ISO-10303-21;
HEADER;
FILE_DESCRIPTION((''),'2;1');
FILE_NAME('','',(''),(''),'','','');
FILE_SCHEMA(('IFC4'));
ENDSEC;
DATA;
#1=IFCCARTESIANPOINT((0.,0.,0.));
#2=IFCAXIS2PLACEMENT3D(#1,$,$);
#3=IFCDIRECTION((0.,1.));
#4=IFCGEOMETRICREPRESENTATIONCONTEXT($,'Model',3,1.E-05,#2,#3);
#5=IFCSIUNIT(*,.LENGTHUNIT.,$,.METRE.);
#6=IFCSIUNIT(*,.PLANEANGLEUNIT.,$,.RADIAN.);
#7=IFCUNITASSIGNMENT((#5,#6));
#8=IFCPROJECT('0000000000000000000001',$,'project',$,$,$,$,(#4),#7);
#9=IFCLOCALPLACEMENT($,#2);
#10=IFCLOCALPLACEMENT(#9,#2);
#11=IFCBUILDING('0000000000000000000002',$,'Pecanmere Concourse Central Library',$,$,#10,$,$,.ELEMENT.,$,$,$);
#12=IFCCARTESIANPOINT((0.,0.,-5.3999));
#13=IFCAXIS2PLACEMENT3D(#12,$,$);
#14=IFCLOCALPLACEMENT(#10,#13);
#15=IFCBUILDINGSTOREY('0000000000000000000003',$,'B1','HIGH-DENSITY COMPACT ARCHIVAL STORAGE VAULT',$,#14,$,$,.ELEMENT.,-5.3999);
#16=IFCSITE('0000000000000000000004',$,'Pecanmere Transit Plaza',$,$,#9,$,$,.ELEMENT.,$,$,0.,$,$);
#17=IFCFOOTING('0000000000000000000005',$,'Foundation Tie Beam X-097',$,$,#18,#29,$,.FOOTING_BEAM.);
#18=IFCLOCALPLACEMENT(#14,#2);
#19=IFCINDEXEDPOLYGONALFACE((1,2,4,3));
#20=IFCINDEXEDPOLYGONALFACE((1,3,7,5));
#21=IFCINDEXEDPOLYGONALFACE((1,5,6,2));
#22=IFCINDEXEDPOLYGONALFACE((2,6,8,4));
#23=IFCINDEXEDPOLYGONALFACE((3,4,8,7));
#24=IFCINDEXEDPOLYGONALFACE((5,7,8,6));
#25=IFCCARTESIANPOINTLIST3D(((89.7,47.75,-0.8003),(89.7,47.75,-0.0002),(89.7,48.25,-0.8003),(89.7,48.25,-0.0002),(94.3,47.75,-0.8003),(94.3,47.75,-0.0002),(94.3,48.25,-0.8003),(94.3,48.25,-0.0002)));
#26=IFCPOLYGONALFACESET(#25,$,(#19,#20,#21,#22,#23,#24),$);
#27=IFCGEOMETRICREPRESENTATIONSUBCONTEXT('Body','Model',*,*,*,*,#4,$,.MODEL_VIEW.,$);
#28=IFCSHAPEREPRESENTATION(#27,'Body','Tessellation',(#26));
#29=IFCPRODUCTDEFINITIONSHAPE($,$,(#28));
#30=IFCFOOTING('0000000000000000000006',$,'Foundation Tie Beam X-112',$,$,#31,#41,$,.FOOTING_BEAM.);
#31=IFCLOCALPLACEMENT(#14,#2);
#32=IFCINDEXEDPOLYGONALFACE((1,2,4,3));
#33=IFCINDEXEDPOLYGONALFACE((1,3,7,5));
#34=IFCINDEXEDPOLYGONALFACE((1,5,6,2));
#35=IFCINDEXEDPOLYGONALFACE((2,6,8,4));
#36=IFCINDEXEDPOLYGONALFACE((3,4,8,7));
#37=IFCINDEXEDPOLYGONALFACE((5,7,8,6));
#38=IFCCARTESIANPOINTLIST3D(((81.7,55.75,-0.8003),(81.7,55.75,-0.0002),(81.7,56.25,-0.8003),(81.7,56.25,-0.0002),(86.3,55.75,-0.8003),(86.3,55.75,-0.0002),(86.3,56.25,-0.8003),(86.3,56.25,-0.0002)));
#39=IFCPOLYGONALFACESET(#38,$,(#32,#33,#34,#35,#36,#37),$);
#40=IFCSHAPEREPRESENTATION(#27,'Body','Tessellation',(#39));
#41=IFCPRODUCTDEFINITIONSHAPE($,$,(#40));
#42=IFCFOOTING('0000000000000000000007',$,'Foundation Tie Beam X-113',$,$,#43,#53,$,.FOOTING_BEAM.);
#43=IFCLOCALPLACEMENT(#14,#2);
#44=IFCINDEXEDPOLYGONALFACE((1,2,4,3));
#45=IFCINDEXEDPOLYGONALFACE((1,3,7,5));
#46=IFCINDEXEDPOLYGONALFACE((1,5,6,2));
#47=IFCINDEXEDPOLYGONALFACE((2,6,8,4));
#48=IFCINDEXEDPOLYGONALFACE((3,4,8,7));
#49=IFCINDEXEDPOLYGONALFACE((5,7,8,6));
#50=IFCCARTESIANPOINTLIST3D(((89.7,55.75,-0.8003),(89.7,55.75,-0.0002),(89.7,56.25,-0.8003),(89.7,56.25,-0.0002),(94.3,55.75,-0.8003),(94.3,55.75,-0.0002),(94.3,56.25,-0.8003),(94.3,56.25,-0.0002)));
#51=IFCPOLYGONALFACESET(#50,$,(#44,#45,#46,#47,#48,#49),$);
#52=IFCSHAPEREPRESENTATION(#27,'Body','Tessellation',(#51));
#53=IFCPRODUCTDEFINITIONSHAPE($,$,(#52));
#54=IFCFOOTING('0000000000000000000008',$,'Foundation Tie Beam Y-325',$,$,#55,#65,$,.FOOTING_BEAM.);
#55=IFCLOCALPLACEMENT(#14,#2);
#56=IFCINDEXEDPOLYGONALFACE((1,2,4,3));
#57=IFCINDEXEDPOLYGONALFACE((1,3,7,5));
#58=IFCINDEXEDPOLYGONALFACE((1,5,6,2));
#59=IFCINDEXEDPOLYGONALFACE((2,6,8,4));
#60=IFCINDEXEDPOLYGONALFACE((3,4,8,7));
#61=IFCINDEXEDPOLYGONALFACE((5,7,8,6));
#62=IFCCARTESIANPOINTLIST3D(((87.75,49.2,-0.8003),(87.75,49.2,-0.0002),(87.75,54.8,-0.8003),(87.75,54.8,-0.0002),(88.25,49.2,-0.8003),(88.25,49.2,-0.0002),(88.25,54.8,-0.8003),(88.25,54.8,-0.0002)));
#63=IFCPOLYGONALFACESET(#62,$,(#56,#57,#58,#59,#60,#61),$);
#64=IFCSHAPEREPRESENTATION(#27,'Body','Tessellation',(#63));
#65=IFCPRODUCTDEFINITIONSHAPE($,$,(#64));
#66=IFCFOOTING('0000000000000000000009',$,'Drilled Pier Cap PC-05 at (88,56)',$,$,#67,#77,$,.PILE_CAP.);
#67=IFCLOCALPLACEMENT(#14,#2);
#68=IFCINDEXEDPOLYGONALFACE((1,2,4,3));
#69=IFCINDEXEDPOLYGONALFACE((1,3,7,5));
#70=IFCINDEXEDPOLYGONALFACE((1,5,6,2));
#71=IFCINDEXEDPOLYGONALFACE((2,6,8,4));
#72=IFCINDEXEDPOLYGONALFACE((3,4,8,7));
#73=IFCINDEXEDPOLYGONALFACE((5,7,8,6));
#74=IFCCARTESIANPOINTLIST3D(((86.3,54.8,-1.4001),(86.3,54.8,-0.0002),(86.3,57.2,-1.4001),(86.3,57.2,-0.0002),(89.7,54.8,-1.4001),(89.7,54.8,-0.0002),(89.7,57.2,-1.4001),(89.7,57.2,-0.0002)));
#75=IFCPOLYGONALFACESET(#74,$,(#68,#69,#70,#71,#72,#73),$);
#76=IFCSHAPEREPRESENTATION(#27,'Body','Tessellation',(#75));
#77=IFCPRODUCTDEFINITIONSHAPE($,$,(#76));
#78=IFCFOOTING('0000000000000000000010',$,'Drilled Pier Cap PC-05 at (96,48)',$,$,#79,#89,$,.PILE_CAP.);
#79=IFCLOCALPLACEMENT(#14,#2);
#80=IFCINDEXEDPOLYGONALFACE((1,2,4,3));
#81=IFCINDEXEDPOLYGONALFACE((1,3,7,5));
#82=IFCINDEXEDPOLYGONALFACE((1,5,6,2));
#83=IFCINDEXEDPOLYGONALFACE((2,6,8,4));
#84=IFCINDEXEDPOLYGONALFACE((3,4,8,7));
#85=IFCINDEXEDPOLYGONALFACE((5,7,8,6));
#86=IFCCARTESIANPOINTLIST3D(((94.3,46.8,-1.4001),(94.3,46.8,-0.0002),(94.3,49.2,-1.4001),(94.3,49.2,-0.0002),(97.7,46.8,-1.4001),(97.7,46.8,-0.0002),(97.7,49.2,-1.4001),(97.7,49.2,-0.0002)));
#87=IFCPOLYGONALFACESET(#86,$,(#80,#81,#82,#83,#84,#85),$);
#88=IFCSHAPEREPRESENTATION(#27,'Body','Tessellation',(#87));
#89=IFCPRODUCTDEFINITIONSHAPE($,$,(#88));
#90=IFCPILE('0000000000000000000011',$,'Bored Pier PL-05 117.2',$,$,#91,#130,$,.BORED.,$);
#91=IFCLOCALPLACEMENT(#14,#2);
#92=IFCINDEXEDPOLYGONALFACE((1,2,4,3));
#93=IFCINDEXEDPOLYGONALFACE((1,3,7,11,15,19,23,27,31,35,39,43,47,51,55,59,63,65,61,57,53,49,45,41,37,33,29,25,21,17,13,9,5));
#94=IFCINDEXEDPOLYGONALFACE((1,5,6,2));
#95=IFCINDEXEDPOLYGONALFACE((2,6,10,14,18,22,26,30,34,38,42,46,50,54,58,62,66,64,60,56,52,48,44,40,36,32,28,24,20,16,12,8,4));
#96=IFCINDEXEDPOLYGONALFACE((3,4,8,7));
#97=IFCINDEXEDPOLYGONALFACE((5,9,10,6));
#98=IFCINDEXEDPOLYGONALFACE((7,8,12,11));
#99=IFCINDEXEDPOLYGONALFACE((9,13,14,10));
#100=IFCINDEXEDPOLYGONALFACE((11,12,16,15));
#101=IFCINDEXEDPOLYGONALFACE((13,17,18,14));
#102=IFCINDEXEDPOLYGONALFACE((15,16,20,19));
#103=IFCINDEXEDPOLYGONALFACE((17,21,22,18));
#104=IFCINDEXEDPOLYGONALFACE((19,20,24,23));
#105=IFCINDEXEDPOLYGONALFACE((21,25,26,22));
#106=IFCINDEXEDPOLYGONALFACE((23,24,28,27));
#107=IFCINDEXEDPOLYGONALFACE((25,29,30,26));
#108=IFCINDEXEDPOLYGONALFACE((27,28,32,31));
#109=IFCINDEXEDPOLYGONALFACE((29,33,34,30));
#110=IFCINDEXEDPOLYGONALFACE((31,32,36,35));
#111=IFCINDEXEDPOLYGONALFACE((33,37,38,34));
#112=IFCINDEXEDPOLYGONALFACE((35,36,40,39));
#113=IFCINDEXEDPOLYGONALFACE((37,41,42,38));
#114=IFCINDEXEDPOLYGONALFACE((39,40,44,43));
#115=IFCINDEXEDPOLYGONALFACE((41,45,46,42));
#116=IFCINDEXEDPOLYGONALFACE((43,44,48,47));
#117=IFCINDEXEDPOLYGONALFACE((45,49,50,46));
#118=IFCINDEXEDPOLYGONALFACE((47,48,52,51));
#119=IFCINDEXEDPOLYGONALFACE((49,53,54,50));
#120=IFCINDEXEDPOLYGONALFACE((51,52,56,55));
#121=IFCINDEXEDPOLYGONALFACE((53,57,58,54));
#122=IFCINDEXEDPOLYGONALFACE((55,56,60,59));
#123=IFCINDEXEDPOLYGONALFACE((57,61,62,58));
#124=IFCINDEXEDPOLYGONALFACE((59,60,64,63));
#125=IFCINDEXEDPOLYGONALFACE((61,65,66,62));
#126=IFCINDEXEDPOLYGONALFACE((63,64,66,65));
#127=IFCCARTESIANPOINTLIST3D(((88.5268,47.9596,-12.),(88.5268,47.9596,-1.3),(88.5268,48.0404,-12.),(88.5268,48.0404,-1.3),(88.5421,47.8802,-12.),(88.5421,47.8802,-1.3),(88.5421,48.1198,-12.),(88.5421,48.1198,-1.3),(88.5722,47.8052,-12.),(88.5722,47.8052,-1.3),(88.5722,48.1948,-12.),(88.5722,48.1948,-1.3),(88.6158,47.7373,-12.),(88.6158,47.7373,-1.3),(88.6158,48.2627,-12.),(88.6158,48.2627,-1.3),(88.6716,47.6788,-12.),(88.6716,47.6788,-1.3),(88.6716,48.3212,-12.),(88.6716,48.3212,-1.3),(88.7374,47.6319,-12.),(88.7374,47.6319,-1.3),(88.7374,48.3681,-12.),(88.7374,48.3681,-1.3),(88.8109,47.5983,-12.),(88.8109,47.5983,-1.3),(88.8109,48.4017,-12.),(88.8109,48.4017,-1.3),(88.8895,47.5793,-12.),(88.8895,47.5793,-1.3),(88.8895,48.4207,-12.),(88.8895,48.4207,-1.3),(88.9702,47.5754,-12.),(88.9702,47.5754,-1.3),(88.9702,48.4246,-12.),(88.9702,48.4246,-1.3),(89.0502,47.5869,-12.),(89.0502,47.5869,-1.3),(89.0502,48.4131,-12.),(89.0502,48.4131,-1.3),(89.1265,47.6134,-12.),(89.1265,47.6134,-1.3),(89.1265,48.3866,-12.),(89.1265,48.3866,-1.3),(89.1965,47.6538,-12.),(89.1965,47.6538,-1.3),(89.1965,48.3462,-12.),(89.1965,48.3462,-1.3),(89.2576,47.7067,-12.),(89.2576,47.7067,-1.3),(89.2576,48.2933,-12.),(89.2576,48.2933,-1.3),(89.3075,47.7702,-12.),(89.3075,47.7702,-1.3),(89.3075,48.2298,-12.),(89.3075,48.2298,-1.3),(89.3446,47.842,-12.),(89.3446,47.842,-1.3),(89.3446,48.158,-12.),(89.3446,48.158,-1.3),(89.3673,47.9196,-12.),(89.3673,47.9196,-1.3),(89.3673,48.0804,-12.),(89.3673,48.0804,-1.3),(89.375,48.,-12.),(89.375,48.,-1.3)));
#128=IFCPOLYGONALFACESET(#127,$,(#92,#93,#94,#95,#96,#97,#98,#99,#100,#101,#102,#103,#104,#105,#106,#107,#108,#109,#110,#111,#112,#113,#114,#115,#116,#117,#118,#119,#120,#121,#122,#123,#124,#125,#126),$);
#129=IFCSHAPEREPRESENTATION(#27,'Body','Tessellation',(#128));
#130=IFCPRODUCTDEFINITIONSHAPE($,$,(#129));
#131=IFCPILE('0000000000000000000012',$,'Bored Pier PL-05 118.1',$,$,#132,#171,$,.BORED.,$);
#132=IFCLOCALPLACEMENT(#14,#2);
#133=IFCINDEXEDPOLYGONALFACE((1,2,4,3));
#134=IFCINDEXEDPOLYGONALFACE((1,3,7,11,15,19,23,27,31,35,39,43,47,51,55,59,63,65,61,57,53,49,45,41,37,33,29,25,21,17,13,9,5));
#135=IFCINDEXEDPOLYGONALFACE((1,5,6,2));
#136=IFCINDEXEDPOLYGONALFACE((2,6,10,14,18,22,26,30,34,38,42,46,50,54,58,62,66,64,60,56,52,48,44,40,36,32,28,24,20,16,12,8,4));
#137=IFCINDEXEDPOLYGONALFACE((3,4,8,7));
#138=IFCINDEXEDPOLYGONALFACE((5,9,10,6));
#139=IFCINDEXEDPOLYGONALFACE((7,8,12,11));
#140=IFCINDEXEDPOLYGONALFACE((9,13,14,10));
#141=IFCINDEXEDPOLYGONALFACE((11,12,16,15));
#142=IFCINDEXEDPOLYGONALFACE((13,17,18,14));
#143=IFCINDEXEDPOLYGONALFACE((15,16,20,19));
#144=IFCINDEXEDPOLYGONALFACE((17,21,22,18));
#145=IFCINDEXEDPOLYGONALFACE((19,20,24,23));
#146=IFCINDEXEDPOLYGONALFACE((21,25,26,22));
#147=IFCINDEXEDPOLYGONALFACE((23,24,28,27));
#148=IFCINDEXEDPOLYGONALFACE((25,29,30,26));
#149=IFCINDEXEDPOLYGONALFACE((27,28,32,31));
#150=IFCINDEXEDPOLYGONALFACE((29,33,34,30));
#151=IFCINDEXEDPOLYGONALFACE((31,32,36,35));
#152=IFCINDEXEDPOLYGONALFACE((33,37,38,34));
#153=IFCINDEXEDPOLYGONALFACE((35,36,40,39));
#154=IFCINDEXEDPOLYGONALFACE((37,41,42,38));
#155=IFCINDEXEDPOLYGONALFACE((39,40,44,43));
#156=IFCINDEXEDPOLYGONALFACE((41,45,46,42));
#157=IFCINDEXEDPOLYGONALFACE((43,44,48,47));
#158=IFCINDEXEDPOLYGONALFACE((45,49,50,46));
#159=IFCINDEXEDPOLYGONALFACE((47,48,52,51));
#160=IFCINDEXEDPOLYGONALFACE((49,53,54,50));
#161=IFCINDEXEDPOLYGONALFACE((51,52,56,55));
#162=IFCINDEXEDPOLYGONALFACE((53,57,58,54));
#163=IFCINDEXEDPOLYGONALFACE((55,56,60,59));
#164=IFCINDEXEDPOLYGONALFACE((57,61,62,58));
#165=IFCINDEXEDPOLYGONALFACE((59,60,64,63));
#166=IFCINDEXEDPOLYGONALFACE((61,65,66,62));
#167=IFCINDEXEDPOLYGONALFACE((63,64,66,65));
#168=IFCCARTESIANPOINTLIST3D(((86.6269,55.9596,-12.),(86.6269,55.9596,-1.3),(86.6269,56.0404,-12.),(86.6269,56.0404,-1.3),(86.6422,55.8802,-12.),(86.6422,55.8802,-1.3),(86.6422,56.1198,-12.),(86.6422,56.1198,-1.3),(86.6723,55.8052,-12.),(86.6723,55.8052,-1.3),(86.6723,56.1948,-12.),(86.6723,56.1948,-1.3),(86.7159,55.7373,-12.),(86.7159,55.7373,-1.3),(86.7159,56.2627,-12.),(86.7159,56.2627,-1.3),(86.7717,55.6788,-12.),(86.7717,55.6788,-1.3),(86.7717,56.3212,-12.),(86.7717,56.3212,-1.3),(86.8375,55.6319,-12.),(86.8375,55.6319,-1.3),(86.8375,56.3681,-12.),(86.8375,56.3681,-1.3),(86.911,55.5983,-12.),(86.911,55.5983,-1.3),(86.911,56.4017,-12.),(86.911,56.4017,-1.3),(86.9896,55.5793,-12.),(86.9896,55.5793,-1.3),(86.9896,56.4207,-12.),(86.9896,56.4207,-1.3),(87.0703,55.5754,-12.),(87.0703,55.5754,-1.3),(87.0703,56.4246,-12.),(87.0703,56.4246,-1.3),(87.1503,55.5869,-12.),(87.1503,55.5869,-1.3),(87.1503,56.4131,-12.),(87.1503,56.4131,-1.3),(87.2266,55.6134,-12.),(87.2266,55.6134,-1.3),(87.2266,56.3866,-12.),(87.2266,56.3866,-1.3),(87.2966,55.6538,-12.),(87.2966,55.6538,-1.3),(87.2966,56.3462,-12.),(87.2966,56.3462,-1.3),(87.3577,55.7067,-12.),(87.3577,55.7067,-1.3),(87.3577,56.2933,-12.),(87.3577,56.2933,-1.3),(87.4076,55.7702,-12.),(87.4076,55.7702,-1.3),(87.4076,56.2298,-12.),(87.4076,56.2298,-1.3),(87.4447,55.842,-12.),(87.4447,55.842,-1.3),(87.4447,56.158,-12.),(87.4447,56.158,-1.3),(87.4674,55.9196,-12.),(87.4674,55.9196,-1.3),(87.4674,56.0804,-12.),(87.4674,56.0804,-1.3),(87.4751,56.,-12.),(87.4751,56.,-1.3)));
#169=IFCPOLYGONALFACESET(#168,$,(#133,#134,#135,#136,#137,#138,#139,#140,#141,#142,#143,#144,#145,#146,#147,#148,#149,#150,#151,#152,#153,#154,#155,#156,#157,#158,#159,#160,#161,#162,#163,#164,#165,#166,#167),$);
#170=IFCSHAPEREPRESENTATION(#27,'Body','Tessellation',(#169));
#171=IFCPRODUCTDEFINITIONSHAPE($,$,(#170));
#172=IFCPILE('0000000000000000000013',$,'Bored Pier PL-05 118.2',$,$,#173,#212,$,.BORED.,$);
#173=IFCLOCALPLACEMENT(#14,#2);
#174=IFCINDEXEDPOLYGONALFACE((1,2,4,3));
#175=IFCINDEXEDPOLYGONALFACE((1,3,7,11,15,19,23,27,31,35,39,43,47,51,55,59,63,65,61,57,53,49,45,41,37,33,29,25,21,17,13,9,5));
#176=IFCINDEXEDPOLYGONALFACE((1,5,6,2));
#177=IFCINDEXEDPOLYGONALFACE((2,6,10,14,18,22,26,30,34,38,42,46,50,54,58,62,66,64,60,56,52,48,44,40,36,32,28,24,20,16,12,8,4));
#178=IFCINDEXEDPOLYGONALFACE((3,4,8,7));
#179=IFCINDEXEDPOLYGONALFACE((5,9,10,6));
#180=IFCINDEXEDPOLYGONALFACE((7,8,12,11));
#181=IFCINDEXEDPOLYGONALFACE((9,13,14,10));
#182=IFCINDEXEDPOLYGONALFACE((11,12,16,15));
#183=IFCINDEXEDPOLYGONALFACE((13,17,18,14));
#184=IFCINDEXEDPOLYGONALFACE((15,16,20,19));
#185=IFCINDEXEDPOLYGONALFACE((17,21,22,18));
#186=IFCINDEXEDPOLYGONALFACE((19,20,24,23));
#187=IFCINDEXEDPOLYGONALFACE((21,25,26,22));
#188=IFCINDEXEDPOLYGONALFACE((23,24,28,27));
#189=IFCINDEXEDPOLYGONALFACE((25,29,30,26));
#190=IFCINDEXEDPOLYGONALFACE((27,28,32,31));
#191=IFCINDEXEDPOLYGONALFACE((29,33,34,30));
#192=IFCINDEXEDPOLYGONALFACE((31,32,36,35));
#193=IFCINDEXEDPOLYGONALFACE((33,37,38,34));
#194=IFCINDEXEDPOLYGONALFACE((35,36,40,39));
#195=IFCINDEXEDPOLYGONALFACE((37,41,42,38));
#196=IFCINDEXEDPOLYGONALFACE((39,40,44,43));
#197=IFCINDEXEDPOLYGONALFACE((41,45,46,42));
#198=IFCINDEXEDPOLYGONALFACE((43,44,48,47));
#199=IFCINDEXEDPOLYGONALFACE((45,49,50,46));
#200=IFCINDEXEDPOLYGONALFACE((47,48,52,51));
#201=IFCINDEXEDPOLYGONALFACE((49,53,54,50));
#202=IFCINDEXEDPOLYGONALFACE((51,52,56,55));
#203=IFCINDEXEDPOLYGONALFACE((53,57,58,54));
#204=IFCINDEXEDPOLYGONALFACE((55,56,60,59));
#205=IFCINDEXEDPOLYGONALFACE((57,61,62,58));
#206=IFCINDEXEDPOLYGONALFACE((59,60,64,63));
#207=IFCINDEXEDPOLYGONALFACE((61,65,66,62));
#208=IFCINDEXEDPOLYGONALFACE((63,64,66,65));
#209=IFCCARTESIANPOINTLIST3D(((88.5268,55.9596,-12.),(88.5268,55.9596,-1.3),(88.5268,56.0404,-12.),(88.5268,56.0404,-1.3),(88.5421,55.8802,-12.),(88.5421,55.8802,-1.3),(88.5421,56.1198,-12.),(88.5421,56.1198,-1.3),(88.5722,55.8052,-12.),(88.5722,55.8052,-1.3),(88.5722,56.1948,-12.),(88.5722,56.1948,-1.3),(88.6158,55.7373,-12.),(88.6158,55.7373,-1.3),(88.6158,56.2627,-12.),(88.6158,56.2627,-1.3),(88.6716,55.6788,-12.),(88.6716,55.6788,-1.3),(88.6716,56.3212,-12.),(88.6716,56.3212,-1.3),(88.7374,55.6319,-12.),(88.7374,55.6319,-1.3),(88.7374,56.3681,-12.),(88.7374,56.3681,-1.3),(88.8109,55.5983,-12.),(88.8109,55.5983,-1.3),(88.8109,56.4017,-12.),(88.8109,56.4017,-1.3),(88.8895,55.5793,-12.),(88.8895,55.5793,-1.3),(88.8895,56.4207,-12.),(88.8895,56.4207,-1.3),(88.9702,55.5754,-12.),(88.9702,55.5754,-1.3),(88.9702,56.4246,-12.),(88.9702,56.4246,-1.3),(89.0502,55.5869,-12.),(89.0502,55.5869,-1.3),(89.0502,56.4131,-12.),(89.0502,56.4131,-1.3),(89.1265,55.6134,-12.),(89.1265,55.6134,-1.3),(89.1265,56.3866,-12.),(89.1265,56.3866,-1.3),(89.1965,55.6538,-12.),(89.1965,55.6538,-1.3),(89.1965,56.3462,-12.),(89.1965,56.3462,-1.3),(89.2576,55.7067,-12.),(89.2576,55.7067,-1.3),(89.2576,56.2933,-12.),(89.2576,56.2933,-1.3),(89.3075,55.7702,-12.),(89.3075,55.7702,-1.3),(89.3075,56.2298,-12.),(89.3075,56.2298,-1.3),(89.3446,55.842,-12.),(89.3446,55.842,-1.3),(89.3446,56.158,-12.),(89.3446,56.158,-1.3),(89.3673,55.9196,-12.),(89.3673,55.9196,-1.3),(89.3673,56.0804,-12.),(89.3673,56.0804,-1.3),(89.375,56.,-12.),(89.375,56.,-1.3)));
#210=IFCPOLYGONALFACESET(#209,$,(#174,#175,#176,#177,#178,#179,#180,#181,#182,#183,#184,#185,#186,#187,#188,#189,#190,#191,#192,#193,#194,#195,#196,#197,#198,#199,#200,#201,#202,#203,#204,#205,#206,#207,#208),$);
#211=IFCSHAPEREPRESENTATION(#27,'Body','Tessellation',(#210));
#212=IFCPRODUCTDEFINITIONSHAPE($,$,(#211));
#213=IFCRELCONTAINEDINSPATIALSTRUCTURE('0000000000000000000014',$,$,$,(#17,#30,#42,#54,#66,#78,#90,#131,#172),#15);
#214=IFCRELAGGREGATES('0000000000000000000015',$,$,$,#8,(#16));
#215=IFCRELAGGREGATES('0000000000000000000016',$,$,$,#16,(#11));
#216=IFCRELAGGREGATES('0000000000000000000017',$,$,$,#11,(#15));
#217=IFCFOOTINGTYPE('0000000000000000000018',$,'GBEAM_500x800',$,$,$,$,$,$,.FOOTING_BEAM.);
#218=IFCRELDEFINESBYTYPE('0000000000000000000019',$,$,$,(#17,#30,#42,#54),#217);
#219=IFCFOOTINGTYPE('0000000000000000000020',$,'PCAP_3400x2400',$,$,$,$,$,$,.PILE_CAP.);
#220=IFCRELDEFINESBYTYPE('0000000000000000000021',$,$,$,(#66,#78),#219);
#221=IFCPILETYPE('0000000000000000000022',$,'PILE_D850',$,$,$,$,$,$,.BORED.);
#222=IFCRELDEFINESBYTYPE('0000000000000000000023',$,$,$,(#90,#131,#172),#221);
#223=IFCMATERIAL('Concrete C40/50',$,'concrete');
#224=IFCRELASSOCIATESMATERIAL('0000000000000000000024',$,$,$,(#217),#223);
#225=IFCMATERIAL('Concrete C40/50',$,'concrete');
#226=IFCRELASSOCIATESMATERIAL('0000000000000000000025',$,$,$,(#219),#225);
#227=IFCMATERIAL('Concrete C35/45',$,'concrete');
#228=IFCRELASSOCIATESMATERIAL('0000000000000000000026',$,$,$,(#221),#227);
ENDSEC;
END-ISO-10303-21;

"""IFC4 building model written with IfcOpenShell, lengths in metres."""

from ifc_helpers import new_model, si_unit, direction, frame, origin, origin_2d, place, context, subcontext, project, spatial, rectangle, circle, extrude, material, material_profile, profile_set, type_object, element, save


model = new_model("IFC4")

# Units and contexts
model_context = context("Model", 3, precision=1e-05, world=origin(), true_north=direction((0.0, 1.0)))
body_context = subcontext(model_context, "Body", "Model", "MODEL_VIEW")
ifc_project = project(units=[si_unit("LENGTHUNIT", "METRE"), si_unit("PLANEANGLEUNIT", "RADIAN")], contexts=[model_context])

# Site, building, storey
site_placement = place(None, origin())
site = spatial("IfcSite", under=ifc_project, at=site_placement, Name="Pecanmere Transit Plaza", CompositionType="ELEMENT", RefElevation=0.0)
building_placement = place(site_placement, origin())
building = spatial("IfcBuilding", under=site, at=building_placement, Name="Pecanmere Concourse Central Library", CompositionType="ELEMENT")
storey_placement = place(building_placement, frame((0.0, 0.0, -5.3999)))
storey = spatial("IfcBuildingStorey", under=building, at=storey_placement, Name="B1", Description="HIGH-DENSITY COMPACT ARCHIVAL STORAGE VAULT", CompositionType="ELEMENT", Elevation=-5.3999)

# Footings
ifc_material_1 = material(Name="Concrete C40/50", Category="concrete")
ifc_material_profile_1 = material_profile(ifc_material_1, rectangle(XDim=0.5, YDim=0.8, at=origin_2d()), Name="RC 500x800")
ifc_profile_set_1 = profile_set([ifc_material_profile_1], Name="Concrete C40/50")
footing_type_1 = type_object("IfcFootingType", Name="GBEAM_500x800", PredefinedType="FOOTING_BEAM", material=ifc_profile_set_1)
for number, where, z_axis, x_axis, name in (
    (1, (92.0, 48.0, -0.8003), (0.0, 0.0, 1.0), (1.0, 0.0, 0.0), "Foundation Tie Beam X-097"),
    (2, (84.0, 56.0, -0.8003), (0.0, 0.0, 1.0), (1.0, 0.0, 0.0), "Foundation Tie Beam X-112"),
    (3, (92.0, 56.0, -0.8003), (0.0, 0.0, 1.0), (1.0, 0.0, 0.0), "Foundation Tie Beam X-113"),
):
    element("IfcFooting", number, at=place(storey_placement, frame(where, z_axis=z_axis, x_axis=x_axis)), inside=storey, type_object=footing_type_1, Name=name, PredefinedType="FOOTING_BEAM", context=body_context, shape_type="SweptSolid", body=[
        extrude(rectangle(XDim=4.6001, YDim=0.5, at=origin_2d()), origin(), (0.0, 0.0, 1.0), 0.8),
    ])
footing_placement = place(storey_placement, frame((88.0, 52.0, -0.8003), z_axis=(0.0, 0.0, 1.0), x_axis=(0.0, 1.0, 0.0)))
element("IfcFooting", 4, at=footing_placement, inside=storey, type_object=footing_type_1, Name="Foundation Tie Beam Y-325", PredefinedType="FOOTING_BEAM", context=body_context, shape_type="SweptSolid", body=[
    extrude(rectangle(XDim=5.6001, YDim=0.5, at=origin_2d()), origin(), (0.0, 0.0, 1.0), 0.8),
])
ifc_material_2 = material(Name="Concrete C40/50", Category="concrete")
footing_type_2 = type_object("IfcFootingType", Name="PCAP_3400x2400", PredefinedType="PILE_CAP", material=ifc_material_2)
for number, where, z_axis, x_axis, name in (
    (5, (88.0, 56.0, -1.4001), (0.0, 0.0, 1.0), (1.0, 0.0, 0.0), "Drilled Pier Cap PC-05 at (88,56)"),
    (6, (96.0, 48.0, -1.4001), (0.0, 0.0, 1.0), (1.0, 0.0, 0.0), "Drilled Pier Cap PC-05 at (96,48)"),
):
    element("IfcFooting", number, at=place(storey_placement, frame(where, z_axis=z_axis, x_axis=x_axis)), inside=storey, type_object=footing_type_2, Name=name, PredefinedType="PILE_CAP", context=body_context, shape_type="SweptSolid", body=[
        extrude(rectangle(XDim=3.3999, YDim=2.3999, at=origin_2d()), origin(), (0.0, 0.0, 1.0), 1.3999),
    ])

# Piles
ifc_material_3 = material(Name="Concrete C35/45", Category="concrete")
ifc_material_profile_2 = material_profile(ifc_material_3, circle(Radius=0.425, at=origin_2d()), Name="PIER D850")
ifc_profile_set_2 = profile_set([ifc_material_profile_2], Name="Concrete C35/45")
pile_type = type_object("IfcPileType", Name="PILE_D850", PredefinedType="BORED", material=ifc_profile_set_2)
for number, where, z_axis, x_axis, name in (
    (7, (88.95, 48.0, -1.3), (0.0, 0.0, -1.0), (1.0, 0.0, 0.0), "Bored Pier PL-05 117.2"),
    (8, (87.05, 56.0, -1.3), (0.0, 0.0, -1.0), (1.0, 0.0, 0.0), "Bored Pier PL-05 118.1"),
    (9, (88.95, 56.0, -1.3), (0.0, 0.0, -1.0), (1.0, 0.0, 0.0), "Bored Pier PL-05 118.2"),
):
    element("IfcPile", number, at=place(storey_placement, frame(where, z_axis=z_axis, x_axis=x_axis)), inside=storey, type_object=pile_type, Name=name, PredefinedType="BORED", context=body_context, shape_type="SweptSolid", body=[
        extrude(circle(Radius=0.425, at=origin_2d()), origin(), (0.0, 0.0, 1.0), 10.7),
    ])

save(model, "model.ifc")
